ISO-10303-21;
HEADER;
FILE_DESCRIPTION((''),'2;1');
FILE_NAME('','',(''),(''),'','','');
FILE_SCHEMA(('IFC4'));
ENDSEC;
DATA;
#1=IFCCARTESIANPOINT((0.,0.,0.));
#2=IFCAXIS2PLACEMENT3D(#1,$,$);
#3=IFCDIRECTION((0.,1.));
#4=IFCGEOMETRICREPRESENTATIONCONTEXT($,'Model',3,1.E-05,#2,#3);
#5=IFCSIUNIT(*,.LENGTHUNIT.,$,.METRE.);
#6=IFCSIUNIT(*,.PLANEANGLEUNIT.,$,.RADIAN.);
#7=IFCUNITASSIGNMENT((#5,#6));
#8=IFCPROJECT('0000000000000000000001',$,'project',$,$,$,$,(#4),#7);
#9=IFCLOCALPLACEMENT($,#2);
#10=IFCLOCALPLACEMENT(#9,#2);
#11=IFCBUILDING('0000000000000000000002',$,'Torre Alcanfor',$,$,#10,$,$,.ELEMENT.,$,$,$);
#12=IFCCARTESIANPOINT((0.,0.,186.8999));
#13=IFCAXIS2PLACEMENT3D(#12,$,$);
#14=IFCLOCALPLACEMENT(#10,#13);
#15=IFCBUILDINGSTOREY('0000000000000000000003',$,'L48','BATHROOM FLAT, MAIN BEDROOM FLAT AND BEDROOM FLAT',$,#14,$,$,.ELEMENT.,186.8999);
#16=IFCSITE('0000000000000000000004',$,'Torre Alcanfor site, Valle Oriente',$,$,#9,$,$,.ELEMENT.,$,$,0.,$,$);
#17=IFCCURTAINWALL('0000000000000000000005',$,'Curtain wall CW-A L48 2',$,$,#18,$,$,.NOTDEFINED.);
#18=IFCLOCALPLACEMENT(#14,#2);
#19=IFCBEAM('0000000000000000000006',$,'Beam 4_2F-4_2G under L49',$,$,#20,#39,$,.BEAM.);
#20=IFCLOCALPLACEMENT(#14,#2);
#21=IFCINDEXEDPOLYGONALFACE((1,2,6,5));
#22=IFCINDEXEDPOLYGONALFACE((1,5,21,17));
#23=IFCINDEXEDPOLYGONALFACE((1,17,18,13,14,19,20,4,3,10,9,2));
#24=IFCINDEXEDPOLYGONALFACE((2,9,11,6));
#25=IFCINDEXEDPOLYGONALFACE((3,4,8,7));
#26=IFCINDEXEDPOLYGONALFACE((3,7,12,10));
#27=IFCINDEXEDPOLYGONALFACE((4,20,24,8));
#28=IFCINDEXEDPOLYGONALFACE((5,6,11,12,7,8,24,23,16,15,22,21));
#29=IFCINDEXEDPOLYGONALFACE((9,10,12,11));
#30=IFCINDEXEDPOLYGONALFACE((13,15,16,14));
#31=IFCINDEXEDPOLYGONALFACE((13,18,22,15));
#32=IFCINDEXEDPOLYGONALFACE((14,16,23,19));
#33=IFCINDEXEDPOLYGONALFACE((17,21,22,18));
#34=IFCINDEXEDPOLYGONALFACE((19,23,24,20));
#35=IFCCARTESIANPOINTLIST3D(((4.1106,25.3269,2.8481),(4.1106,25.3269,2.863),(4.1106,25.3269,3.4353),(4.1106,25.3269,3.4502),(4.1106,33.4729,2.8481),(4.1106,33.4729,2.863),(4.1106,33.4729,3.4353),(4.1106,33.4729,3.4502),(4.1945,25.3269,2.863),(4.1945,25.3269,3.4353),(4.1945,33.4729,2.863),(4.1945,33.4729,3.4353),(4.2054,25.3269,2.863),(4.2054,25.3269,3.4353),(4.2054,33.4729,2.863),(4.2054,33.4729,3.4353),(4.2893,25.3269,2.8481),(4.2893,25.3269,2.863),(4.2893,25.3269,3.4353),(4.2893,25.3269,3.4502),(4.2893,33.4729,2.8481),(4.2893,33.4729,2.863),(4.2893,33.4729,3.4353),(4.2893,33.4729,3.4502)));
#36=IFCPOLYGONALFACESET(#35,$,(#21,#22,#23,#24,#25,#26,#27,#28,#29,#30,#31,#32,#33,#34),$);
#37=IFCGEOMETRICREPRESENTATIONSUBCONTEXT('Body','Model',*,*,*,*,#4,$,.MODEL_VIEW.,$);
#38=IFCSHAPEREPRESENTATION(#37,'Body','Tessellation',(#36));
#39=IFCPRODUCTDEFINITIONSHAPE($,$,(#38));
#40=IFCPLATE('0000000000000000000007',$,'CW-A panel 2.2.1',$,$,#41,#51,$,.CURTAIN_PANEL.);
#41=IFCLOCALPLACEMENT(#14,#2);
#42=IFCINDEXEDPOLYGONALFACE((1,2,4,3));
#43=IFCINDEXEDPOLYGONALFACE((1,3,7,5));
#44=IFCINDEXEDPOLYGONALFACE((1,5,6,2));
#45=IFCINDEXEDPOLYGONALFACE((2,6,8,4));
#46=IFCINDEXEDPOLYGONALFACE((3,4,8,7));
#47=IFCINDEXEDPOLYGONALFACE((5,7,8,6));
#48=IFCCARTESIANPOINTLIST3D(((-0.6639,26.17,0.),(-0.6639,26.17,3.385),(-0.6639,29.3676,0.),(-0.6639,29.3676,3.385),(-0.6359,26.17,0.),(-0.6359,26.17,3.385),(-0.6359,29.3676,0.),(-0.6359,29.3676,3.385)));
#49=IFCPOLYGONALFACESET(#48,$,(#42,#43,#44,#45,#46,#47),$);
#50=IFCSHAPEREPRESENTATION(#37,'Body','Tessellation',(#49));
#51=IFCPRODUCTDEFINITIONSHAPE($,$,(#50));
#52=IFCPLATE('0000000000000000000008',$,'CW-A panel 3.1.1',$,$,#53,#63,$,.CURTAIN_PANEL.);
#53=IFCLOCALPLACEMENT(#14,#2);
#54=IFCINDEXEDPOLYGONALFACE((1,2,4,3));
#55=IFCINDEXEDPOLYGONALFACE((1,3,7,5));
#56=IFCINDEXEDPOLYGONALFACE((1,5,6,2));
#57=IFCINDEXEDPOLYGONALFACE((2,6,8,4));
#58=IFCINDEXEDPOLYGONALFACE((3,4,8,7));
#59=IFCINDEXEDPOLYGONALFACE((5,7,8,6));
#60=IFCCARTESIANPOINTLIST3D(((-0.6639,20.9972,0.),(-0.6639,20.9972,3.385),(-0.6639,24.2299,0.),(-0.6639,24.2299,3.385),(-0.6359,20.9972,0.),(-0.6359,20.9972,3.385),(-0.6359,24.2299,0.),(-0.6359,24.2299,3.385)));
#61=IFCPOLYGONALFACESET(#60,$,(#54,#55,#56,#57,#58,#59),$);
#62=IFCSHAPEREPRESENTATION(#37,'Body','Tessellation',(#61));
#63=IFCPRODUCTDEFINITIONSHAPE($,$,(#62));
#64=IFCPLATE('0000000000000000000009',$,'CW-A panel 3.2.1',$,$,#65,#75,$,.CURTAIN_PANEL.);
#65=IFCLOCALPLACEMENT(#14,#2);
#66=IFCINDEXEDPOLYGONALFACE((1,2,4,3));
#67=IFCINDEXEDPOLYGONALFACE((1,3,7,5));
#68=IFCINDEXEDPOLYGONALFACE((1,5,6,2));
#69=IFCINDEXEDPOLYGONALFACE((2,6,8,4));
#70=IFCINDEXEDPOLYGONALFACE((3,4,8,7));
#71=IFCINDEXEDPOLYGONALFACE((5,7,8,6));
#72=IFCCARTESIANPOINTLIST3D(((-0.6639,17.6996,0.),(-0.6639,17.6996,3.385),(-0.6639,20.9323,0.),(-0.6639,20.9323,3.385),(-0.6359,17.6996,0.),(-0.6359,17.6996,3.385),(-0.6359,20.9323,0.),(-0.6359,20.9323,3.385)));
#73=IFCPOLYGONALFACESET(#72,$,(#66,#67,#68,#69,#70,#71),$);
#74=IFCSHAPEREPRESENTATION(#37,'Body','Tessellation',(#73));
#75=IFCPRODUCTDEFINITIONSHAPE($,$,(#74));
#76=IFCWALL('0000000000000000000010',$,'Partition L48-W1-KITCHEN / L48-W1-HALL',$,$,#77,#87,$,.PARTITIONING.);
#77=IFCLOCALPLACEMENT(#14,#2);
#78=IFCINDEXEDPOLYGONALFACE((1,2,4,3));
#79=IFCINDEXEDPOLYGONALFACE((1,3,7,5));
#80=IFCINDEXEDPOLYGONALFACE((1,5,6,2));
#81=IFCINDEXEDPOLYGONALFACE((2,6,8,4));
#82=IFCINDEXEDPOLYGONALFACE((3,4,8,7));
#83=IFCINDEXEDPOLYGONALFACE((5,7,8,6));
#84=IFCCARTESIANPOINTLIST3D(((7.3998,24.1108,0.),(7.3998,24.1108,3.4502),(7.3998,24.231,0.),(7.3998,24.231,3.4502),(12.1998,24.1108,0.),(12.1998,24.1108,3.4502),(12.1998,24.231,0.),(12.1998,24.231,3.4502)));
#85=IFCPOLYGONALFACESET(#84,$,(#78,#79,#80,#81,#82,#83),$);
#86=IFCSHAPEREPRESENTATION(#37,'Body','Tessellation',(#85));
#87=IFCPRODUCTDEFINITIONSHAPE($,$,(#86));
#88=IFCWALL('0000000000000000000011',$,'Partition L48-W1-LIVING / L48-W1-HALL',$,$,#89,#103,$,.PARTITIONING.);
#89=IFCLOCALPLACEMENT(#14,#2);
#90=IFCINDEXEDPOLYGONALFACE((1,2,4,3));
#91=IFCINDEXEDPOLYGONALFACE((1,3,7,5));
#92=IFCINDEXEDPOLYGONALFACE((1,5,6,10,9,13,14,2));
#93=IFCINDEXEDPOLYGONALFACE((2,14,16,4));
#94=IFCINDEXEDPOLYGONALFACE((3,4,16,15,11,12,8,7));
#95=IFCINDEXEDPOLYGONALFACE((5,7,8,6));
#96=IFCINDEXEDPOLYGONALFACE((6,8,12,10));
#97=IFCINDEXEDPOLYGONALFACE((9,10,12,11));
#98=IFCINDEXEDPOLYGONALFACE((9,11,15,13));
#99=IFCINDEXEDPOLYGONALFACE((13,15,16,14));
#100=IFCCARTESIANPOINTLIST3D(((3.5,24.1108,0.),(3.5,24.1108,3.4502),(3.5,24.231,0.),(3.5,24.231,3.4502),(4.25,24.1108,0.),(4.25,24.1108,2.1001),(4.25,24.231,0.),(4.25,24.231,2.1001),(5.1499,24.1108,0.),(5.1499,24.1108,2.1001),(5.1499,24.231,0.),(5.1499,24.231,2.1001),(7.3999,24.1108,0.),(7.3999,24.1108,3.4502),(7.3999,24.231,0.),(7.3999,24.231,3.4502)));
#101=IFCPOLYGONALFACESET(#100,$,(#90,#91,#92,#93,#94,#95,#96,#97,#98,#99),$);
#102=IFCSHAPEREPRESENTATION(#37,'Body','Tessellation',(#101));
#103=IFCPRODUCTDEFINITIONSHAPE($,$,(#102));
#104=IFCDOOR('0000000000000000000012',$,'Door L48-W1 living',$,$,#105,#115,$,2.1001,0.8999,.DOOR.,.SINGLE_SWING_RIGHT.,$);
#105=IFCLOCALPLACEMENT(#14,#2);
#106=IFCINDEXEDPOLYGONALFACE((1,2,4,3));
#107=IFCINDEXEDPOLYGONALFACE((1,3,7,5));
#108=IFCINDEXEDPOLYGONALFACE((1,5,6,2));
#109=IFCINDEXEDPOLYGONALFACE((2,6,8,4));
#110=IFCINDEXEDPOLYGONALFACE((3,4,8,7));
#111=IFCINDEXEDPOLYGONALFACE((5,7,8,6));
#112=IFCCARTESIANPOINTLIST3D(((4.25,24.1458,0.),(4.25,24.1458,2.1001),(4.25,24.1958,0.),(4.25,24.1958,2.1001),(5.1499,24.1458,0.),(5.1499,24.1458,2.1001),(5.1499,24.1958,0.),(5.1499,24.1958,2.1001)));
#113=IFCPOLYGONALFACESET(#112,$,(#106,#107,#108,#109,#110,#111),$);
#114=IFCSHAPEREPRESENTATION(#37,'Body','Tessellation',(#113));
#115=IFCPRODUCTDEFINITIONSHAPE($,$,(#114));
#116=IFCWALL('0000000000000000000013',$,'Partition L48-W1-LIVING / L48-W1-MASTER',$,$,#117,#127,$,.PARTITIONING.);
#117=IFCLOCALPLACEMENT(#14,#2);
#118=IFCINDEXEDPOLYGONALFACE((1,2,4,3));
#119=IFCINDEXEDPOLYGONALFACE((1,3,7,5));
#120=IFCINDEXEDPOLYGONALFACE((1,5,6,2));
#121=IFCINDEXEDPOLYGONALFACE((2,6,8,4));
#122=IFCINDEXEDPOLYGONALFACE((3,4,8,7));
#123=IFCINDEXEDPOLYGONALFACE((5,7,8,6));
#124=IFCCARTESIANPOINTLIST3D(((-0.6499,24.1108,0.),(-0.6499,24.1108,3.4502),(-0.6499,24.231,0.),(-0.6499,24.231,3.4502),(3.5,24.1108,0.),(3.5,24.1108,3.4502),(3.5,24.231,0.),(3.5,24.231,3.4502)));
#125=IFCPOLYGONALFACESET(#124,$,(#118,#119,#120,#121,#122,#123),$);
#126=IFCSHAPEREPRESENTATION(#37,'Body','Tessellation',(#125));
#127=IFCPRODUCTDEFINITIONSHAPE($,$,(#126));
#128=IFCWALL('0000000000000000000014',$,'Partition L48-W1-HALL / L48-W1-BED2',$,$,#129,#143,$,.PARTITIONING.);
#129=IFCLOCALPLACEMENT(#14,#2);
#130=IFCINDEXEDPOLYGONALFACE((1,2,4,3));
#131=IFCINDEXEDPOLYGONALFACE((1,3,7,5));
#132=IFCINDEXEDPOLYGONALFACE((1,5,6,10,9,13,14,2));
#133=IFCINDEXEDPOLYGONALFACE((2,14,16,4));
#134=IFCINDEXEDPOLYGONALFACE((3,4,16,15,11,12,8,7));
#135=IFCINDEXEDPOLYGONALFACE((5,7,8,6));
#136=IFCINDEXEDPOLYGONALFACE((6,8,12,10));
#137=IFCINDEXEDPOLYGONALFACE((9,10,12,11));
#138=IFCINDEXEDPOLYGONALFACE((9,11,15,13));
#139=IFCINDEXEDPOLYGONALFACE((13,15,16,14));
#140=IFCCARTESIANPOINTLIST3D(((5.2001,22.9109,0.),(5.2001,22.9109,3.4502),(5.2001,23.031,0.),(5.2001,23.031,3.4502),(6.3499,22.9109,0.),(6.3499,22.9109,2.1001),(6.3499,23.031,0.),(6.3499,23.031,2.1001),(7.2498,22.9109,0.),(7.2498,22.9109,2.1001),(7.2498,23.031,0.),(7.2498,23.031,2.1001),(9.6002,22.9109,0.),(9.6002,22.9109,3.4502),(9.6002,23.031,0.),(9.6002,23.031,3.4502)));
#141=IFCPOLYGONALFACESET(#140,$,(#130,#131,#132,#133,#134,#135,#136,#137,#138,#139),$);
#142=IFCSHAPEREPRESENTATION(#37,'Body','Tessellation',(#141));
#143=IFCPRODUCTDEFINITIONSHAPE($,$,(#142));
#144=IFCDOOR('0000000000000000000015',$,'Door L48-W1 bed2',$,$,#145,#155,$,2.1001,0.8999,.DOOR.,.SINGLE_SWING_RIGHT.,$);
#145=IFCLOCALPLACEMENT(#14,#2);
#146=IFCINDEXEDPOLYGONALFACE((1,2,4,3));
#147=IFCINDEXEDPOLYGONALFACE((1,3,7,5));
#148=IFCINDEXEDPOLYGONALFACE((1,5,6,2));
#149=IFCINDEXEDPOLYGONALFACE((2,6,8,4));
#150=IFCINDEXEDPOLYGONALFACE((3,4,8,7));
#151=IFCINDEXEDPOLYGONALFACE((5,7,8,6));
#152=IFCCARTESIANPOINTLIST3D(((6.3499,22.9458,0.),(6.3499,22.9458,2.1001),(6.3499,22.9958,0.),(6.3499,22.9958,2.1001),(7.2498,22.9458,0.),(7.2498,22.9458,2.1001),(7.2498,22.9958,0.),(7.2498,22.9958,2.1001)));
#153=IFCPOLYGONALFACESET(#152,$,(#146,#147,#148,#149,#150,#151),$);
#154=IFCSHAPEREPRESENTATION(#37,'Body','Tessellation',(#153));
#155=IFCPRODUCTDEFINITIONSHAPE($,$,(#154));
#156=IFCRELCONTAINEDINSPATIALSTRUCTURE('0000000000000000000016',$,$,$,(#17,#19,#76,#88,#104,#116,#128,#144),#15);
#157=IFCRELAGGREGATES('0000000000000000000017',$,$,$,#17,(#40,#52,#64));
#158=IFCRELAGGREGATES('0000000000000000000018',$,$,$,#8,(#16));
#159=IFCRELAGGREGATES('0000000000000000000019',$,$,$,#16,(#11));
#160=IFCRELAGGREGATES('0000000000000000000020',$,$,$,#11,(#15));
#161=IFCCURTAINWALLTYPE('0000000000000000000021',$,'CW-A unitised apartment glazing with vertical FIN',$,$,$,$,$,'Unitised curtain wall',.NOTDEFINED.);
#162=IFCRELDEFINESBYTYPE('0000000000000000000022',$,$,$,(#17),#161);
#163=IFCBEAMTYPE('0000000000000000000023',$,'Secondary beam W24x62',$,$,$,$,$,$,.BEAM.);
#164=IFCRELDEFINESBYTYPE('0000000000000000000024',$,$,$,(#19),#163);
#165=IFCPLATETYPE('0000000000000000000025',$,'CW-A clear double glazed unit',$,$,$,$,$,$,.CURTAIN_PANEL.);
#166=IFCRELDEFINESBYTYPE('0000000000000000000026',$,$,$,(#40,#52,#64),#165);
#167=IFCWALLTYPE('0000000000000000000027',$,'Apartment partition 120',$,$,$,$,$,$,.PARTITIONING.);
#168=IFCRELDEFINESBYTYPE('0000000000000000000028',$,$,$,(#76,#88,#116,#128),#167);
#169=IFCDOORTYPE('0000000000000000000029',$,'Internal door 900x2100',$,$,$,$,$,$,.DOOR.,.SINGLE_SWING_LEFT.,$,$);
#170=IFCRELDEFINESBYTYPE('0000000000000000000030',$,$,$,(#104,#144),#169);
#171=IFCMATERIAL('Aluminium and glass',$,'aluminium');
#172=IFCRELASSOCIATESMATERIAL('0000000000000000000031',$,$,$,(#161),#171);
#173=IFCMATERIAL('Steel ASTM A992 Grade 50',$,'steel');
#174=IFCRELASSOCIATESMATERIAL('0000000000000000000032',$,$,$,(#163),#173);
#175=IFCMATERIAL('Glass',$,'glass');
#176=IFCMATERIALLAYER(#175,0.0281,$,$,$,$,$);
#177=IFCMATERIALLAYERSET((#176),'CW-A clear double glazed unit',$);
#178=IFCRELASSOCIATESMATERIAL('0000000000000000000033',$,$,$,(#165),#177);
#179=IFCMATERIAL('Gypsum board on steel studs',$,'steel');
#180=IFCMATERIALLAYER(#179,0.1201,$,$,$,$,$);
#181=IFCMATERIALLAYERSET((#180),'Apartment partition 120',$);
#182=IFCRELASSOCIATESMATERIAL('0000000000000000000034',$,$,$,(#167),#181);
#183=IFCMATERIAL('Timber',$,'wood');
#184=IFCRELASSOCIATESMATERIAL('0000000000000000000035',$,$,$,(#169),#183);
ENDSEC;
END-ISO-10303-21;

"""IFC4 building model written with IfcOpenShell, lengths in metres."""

from ifc_helpers import new_model, si_unit, direction, frame, frame_2d, origin, origin_2d, place, context, subcontext, project, spatial, rectangle, i_section, extrude, material, layer, layer_set, material_profile, profile_set, type_object, element, fill, aggregate, save


model = new_model("IFC4")

# Units and contexts
model_context = context("Model", 3, precision=1e-05, world=origin(), true_north=direction((0.0, 1.0)))
body_context = subcontext(model_context, "Body", "Model", "MODEL_VIEW")
ifc_project = project(units=[si_unit("LENGTHUNIT", "METRE"), si_unit("PLANEANGLEUNIT", "RADIAN")], contexts=[model_context])

# Site, building, storey
site_placement = place(None, origin())
site = spatial("IfcSite", under=ifc_project, at=site_placement, Name="Torre Alcanfor site, Valle Oriente", CompositionType="ELEMENT", RefElevation=0.0)
building_placement = place(site_placement, origin())
building = spatial("IfcBuilding", under=site, at=building_placement, Name="Torre Alcanfor", CompositionType="ELEMENT")
storey_placement = place(building_placement, frame((0.0, 0.0, 186.8999)))
storey = spatial("IfcBuildingStorey", under=building, at=storey_placement, Name="L48", Description="BATHROOM FLAT, MAIN BEDROOM FLAT AND BEDROOM FLAT", CompositionType="ELEMENT", Elevation=186.8999)

# Curtain wall
ifc_material_1 = material(Name="Aluminium and glass", Category="aluminium")
curtain_wall_type = type_object("IfcCurtainWallType", Name="CW-A unitised apartment glazing with vertical FIN", ElementType="Unitised curtain wall", PredefinedType="NOTDEFINED", material=ifc_material_1)
curtain_wall_placement = place(storey_placement, origin())
curtain_wall = element("IfcCurtainWall", 1, at=curtain_wall_placement, inside=storey, type_object=curtain_wall_type, Name="Curtain wall CW-A L48 2", PredefinedType="NOTDEFINED")

# Beam
ifc_material_2 = material(Name="Steel ASTM A992 Grade 50", Category="steel")
ifc_material_profile_1 = material_profile(ifc_material_2, i_section(OverallWidth=0.1787, OverallDepth=0.6021, WebThickness=0.011, FlangeThickness=0.0149, at=origin_2d()), Name="W24x62")
ifc_profile_set_1 = profile_set([ifc_material_profile_1], Name="Steel ASTM A992 Grade 50")
beam_type_1 = type_object("IfcBeamType", Name="Secondary beam W24x62", PredefinedType="BEAM", material=ifc_profile_set_1)
beam_1_placement = place(storey_placement, frame((4.2, 25.3269, 3.1492), z_axis=(0.0, 1.0, 0.0), x_axis=(-1.0, 0.0, 0.0)))
element("IfcBeam", 2, at=beam_1_placement, inside=storey, type_object=beam_type_1, Name="Beam 4_2F-4_2G under L49", PredefinedType="BEAM", context=body_context, shape_type="SweptSolid", body=[
    extrude(i_section(OverallWidth=0.1787, OverallDepth=0.6021, WebThickness=0.011, FlangeThickness=0.0149, at=origin_2d()), origin(), (0.0, 0.0, 1.0), 8.146),
])

# Plates
ifc_material_3 = material(Name="Glass", Category="glass")
ifc_layer_1 = layer(ifc_material_3, 0.0281)
ifc_layer_set_1 = layer_set([ifc_layer_1], Name="CW-A clear double glazed unit")
plate_type = type_object("IfcPlateType", Name="CW-A clear double glazed unit", PredefinedType="CURTAIN_PANEL", material=ifc_layer_set_1)
plate_1_placement = place(storey_placement, frame((-0.6499, 27.7688, 0.0), z_axis=(0.0, 0.0, 1.0), x_axis=(0.0, -1.0, 0.0)))
plate_1 = element("IfcPlate", 3, at=plate_1_placement, type_object=plate_type, Name="CW-A panel 2.2.1", PredefinedType="CURTAIN_PANEL", context=body_context, shape_type="SweptSolid", body=[
    extrude(rectangle(XDim=3.1975, YDim=0.0281, at=origin_2d()), origin(), (0.0, 0.0, 1.0), 3.385),
])
plate_2_placement = place(storey_placement, frame((-0.6499, 22.6135, 0.0), z_axis=(0.0, 0.0, 1.0), x_axis=(0.0, -1.0, 0.0)))
plate_2 = element("IfcPlate", 4, at=plate_2_placement, type_object=plate_type, Name="CW-A panel 3.1.1", PredefinedType="CURTAIN_PANEL", context=body_context, shape_type="SweptSolid", body=[
    extrude(rectangle(XDim=3.2327, YDim=0.0281, at=origin_2d()), origin(), (0.0, 0.0, 1.0), 3.385),
])
plate_3_placement = place(storey_placement, frame((-0.6499, 19.3159, 0.0), z_axis=(0.0, 0.0, 1.0), x_axis=(0.0, -1.0, 0.0)))
plate_3 = element("IfcPlate", 5, at=plate_3_placement, type_object=plate_type, Name="CW-A panel 3.2.1", PredefinedType="CURTAIN_PANEL", context=body_context, shape_type="SweptSolid", body=[
    extrude(rectangle(XDim=3.2327, YDim=0.0281, at=origin_2d()), origin(), (0.0, 0.0, 1.0), 3.385),
])
aggregate(curtain_wall, [plate_1, plate_2, plate_3])

# Wall
ifc_material_4 = material(Name="Gypsum board on steel studs", Category="steel")
ifc_layer_2 = layer(ifc_material_4, 0.1201)
ifc_layer_set_2 = layer_set([ifc_layer_2], Name="Apartment partition 120")
wall_type_1 = type_object("IfcWallType", Name="Apartment partition 120", PredefinedType="PARTITIONING", material=ifc_layer_set_2)
wall_1_placement = place(storey_placement, frame((7.3999, 24.1709, 0.0), z_axis=(0.0, 0.0, 1.0), x_axis=(1.0, 0.0, 0.0)))
element("IfcWall", 6, at=wall_1_placement, inside=storey, type_object=wall_type_1, Name="Partition L48-W1-KITCHEN / L48-W1-HALL", PredefinedType="PARTITIONING", context=body_context, shape_type="SweptSolid", body=[
    extrude(rectangle(XDim=4.8, YDim=0.1201, at=frame_2d((2.3999, 0.0))), origin(), (0.0, 0.0, 1.0), 3.4502),
])

# Wall, opening, door
wall_2_placement = place(storey_placement, frame((3.5, 24.1709, 0.0), z_axis=(0.0, 0.0, 1.0), x_axis=(1.0, 0.0, 0.0)))
wall_2 = element("IfcWall", 7, at=wall_2_placement, inside=storey, type_object=wall_type_1, Name="Partition L48-W1-LIVING / L48-W1-HALL", PredefinedType="PARTITIONING", context=body_context, shape_type="SweptSolid", body=[
    extrude(rectangle(XDim=3.8999, YDim=0.1201, at=frame_2d((1.95, 0.0))), origin(), (0.0, 0.0, 1.0), 3.4502),
])
opening_1_placement = place(wall_2_placement, frame((0.75, 0.0, 0.0)))
opening_1 = element("IfcOpeningElement", 8, at=opening_1_placement, cuts=wall_2, PredefinedType="OPENING", context=body_context, shape_type="SweptSolid", body=[
    extrude(rectangle(XDim=0.8999, YDim=2.1001, at=frame_2d((0.45, 1.05))), frame((0.0, 0.0701, 0.0), z_axis=(0.0, -1.0, 0.0), x_axis=(1.0, 0.0, 0.0)), (0.0, 0.0, 1.0), 0.1401),
])
ifc_material_5 = material(Name="Timber", Category="wood")
door_type_1 = type_object("IfcDoorType", Name="Internal door 900x2100", OperationType="SINGLE_SWING_LEFT", PredefinedType="DOOR", material=ifc_material_5)
door_1_placement = place(opening_1_placement, origin())
door_1 = element("IfcDoor", 9, at=door_1_placement, inside=storey, type_object=door_type_1, Name="Door L48-W1 living", OperationType="SINGLE_SWING_RIGHT", OverallHeight=2.1001, OverallWidth=0.8999, PredefinedType="DOOR", context=body_context, shape_type="SweptSolid", body=[
    extrude(rectangle(XDim=0.8999, YDim=2.1001, at=frame_2d((0.45, 1.05))), frame((0.0, 0.0249, 0.0), z_axis=(0.0, -1.0, 0.0), x_axis=(1.0, 0.0, 0.0)), (0.0, 0.0, 1.0), 0.05),
])
fill(opening_1, door_1)

# Wall
wall_3_placement = place(storey_placement, frame((-0.6499, 24.1709, 0.0), z_axis=(0.0, 0.0, 1.0), x_axis=(1.0, 0.0, 0.0)))
element("IfcWall", 10, at=wall_3_placement, inside=storey, type_object=wall_type_1, Name="Partition L48-W1-LIVING / L48-W1-MASTER", PredefinedType="PARTITIONING", context=body_context, shape_type="SweptSolid", body=[
    extrude(rectangle(XDim=4.1499, YDim=0.1201, at=frame_2d((2.075, 0.0))), origin(), (0.0, 0.0, 1.0), 3.4502),
])

# Wall, opening, door
wall_4_placement = place(storey_placement, frame((5.2, 22.9709, 0.0), z_axis=(0.0, 0.0, 1.0), x_axis=(1.0, 0.0, 0.0)))
wall_4 = element("IfcWall", 11, at=wall_4_placement, inside=storey, type_object=wall_type_1, Name="Partition L48-W1-HALL / L48-W1-BED2", PredefinedType="PARTITIONING", context=body_context, shape_type="SweptSolid", body=[
    extrude(rectangle(XDim=4.4001, YDim=0.1201, at=frame_2d((2.2002, 0.0))), origin(), (0.0, 0.0, 1.0), 3.4502),
])
opening_2_placement = place(wall_4_placement, frame((1.1499, 0.0, 0.0)))
opening_2 = element("IfcOpeningElement", 12, at=opening_2_placement, cuts=wall_4, PredefinedType="OPENING", context=body_context, shape_type="SweptSolid", body=[
    extrude(rectangle(XDim=0.8999, YDim=2.1001, at=frame_2d((0.45, 1.05))), frame((0.0, 0.0701, 0.0), z_axis=(0.0, -1.0, 0.0), x_axis=(1.0, 0.0, 0.0)), (0.0, 0.0, 1.0), 0.1401),
])
door_2_placement = place(opening_2_placement, frame((0.8999, 0.0, 0.0), z_axis=(0.0, 0.0, 1.0), x_axis=(-1.0, 0.0, 0.0)))
door_2 = element("IfcDoor", 13, at=door_2_placement, inside=storey, type_object=door_type_1, Name="Door L48-W1 bed2", OperationType="SINGLE_SWING_RIGHT", OverallHeight=2.1001, OverallWidth=0.8999, PredefinedType="DOOR", context=body_context, shape_type="SweptSolid", body=[
    extrude(rectangle(XDim=0.8999, YDim=2.1001, at=frame_2d((0.45, 1.05))), frame((0.0, 0.0251, 0.0), z_axis=(0.0, -1.0, 0.0), x_axis=(1.0, 0.0, 0.0)), (0.0, 0.0, 1.0), 0.05),
])
fill(opening_2, door_2)

save(model, "model.ifc")
